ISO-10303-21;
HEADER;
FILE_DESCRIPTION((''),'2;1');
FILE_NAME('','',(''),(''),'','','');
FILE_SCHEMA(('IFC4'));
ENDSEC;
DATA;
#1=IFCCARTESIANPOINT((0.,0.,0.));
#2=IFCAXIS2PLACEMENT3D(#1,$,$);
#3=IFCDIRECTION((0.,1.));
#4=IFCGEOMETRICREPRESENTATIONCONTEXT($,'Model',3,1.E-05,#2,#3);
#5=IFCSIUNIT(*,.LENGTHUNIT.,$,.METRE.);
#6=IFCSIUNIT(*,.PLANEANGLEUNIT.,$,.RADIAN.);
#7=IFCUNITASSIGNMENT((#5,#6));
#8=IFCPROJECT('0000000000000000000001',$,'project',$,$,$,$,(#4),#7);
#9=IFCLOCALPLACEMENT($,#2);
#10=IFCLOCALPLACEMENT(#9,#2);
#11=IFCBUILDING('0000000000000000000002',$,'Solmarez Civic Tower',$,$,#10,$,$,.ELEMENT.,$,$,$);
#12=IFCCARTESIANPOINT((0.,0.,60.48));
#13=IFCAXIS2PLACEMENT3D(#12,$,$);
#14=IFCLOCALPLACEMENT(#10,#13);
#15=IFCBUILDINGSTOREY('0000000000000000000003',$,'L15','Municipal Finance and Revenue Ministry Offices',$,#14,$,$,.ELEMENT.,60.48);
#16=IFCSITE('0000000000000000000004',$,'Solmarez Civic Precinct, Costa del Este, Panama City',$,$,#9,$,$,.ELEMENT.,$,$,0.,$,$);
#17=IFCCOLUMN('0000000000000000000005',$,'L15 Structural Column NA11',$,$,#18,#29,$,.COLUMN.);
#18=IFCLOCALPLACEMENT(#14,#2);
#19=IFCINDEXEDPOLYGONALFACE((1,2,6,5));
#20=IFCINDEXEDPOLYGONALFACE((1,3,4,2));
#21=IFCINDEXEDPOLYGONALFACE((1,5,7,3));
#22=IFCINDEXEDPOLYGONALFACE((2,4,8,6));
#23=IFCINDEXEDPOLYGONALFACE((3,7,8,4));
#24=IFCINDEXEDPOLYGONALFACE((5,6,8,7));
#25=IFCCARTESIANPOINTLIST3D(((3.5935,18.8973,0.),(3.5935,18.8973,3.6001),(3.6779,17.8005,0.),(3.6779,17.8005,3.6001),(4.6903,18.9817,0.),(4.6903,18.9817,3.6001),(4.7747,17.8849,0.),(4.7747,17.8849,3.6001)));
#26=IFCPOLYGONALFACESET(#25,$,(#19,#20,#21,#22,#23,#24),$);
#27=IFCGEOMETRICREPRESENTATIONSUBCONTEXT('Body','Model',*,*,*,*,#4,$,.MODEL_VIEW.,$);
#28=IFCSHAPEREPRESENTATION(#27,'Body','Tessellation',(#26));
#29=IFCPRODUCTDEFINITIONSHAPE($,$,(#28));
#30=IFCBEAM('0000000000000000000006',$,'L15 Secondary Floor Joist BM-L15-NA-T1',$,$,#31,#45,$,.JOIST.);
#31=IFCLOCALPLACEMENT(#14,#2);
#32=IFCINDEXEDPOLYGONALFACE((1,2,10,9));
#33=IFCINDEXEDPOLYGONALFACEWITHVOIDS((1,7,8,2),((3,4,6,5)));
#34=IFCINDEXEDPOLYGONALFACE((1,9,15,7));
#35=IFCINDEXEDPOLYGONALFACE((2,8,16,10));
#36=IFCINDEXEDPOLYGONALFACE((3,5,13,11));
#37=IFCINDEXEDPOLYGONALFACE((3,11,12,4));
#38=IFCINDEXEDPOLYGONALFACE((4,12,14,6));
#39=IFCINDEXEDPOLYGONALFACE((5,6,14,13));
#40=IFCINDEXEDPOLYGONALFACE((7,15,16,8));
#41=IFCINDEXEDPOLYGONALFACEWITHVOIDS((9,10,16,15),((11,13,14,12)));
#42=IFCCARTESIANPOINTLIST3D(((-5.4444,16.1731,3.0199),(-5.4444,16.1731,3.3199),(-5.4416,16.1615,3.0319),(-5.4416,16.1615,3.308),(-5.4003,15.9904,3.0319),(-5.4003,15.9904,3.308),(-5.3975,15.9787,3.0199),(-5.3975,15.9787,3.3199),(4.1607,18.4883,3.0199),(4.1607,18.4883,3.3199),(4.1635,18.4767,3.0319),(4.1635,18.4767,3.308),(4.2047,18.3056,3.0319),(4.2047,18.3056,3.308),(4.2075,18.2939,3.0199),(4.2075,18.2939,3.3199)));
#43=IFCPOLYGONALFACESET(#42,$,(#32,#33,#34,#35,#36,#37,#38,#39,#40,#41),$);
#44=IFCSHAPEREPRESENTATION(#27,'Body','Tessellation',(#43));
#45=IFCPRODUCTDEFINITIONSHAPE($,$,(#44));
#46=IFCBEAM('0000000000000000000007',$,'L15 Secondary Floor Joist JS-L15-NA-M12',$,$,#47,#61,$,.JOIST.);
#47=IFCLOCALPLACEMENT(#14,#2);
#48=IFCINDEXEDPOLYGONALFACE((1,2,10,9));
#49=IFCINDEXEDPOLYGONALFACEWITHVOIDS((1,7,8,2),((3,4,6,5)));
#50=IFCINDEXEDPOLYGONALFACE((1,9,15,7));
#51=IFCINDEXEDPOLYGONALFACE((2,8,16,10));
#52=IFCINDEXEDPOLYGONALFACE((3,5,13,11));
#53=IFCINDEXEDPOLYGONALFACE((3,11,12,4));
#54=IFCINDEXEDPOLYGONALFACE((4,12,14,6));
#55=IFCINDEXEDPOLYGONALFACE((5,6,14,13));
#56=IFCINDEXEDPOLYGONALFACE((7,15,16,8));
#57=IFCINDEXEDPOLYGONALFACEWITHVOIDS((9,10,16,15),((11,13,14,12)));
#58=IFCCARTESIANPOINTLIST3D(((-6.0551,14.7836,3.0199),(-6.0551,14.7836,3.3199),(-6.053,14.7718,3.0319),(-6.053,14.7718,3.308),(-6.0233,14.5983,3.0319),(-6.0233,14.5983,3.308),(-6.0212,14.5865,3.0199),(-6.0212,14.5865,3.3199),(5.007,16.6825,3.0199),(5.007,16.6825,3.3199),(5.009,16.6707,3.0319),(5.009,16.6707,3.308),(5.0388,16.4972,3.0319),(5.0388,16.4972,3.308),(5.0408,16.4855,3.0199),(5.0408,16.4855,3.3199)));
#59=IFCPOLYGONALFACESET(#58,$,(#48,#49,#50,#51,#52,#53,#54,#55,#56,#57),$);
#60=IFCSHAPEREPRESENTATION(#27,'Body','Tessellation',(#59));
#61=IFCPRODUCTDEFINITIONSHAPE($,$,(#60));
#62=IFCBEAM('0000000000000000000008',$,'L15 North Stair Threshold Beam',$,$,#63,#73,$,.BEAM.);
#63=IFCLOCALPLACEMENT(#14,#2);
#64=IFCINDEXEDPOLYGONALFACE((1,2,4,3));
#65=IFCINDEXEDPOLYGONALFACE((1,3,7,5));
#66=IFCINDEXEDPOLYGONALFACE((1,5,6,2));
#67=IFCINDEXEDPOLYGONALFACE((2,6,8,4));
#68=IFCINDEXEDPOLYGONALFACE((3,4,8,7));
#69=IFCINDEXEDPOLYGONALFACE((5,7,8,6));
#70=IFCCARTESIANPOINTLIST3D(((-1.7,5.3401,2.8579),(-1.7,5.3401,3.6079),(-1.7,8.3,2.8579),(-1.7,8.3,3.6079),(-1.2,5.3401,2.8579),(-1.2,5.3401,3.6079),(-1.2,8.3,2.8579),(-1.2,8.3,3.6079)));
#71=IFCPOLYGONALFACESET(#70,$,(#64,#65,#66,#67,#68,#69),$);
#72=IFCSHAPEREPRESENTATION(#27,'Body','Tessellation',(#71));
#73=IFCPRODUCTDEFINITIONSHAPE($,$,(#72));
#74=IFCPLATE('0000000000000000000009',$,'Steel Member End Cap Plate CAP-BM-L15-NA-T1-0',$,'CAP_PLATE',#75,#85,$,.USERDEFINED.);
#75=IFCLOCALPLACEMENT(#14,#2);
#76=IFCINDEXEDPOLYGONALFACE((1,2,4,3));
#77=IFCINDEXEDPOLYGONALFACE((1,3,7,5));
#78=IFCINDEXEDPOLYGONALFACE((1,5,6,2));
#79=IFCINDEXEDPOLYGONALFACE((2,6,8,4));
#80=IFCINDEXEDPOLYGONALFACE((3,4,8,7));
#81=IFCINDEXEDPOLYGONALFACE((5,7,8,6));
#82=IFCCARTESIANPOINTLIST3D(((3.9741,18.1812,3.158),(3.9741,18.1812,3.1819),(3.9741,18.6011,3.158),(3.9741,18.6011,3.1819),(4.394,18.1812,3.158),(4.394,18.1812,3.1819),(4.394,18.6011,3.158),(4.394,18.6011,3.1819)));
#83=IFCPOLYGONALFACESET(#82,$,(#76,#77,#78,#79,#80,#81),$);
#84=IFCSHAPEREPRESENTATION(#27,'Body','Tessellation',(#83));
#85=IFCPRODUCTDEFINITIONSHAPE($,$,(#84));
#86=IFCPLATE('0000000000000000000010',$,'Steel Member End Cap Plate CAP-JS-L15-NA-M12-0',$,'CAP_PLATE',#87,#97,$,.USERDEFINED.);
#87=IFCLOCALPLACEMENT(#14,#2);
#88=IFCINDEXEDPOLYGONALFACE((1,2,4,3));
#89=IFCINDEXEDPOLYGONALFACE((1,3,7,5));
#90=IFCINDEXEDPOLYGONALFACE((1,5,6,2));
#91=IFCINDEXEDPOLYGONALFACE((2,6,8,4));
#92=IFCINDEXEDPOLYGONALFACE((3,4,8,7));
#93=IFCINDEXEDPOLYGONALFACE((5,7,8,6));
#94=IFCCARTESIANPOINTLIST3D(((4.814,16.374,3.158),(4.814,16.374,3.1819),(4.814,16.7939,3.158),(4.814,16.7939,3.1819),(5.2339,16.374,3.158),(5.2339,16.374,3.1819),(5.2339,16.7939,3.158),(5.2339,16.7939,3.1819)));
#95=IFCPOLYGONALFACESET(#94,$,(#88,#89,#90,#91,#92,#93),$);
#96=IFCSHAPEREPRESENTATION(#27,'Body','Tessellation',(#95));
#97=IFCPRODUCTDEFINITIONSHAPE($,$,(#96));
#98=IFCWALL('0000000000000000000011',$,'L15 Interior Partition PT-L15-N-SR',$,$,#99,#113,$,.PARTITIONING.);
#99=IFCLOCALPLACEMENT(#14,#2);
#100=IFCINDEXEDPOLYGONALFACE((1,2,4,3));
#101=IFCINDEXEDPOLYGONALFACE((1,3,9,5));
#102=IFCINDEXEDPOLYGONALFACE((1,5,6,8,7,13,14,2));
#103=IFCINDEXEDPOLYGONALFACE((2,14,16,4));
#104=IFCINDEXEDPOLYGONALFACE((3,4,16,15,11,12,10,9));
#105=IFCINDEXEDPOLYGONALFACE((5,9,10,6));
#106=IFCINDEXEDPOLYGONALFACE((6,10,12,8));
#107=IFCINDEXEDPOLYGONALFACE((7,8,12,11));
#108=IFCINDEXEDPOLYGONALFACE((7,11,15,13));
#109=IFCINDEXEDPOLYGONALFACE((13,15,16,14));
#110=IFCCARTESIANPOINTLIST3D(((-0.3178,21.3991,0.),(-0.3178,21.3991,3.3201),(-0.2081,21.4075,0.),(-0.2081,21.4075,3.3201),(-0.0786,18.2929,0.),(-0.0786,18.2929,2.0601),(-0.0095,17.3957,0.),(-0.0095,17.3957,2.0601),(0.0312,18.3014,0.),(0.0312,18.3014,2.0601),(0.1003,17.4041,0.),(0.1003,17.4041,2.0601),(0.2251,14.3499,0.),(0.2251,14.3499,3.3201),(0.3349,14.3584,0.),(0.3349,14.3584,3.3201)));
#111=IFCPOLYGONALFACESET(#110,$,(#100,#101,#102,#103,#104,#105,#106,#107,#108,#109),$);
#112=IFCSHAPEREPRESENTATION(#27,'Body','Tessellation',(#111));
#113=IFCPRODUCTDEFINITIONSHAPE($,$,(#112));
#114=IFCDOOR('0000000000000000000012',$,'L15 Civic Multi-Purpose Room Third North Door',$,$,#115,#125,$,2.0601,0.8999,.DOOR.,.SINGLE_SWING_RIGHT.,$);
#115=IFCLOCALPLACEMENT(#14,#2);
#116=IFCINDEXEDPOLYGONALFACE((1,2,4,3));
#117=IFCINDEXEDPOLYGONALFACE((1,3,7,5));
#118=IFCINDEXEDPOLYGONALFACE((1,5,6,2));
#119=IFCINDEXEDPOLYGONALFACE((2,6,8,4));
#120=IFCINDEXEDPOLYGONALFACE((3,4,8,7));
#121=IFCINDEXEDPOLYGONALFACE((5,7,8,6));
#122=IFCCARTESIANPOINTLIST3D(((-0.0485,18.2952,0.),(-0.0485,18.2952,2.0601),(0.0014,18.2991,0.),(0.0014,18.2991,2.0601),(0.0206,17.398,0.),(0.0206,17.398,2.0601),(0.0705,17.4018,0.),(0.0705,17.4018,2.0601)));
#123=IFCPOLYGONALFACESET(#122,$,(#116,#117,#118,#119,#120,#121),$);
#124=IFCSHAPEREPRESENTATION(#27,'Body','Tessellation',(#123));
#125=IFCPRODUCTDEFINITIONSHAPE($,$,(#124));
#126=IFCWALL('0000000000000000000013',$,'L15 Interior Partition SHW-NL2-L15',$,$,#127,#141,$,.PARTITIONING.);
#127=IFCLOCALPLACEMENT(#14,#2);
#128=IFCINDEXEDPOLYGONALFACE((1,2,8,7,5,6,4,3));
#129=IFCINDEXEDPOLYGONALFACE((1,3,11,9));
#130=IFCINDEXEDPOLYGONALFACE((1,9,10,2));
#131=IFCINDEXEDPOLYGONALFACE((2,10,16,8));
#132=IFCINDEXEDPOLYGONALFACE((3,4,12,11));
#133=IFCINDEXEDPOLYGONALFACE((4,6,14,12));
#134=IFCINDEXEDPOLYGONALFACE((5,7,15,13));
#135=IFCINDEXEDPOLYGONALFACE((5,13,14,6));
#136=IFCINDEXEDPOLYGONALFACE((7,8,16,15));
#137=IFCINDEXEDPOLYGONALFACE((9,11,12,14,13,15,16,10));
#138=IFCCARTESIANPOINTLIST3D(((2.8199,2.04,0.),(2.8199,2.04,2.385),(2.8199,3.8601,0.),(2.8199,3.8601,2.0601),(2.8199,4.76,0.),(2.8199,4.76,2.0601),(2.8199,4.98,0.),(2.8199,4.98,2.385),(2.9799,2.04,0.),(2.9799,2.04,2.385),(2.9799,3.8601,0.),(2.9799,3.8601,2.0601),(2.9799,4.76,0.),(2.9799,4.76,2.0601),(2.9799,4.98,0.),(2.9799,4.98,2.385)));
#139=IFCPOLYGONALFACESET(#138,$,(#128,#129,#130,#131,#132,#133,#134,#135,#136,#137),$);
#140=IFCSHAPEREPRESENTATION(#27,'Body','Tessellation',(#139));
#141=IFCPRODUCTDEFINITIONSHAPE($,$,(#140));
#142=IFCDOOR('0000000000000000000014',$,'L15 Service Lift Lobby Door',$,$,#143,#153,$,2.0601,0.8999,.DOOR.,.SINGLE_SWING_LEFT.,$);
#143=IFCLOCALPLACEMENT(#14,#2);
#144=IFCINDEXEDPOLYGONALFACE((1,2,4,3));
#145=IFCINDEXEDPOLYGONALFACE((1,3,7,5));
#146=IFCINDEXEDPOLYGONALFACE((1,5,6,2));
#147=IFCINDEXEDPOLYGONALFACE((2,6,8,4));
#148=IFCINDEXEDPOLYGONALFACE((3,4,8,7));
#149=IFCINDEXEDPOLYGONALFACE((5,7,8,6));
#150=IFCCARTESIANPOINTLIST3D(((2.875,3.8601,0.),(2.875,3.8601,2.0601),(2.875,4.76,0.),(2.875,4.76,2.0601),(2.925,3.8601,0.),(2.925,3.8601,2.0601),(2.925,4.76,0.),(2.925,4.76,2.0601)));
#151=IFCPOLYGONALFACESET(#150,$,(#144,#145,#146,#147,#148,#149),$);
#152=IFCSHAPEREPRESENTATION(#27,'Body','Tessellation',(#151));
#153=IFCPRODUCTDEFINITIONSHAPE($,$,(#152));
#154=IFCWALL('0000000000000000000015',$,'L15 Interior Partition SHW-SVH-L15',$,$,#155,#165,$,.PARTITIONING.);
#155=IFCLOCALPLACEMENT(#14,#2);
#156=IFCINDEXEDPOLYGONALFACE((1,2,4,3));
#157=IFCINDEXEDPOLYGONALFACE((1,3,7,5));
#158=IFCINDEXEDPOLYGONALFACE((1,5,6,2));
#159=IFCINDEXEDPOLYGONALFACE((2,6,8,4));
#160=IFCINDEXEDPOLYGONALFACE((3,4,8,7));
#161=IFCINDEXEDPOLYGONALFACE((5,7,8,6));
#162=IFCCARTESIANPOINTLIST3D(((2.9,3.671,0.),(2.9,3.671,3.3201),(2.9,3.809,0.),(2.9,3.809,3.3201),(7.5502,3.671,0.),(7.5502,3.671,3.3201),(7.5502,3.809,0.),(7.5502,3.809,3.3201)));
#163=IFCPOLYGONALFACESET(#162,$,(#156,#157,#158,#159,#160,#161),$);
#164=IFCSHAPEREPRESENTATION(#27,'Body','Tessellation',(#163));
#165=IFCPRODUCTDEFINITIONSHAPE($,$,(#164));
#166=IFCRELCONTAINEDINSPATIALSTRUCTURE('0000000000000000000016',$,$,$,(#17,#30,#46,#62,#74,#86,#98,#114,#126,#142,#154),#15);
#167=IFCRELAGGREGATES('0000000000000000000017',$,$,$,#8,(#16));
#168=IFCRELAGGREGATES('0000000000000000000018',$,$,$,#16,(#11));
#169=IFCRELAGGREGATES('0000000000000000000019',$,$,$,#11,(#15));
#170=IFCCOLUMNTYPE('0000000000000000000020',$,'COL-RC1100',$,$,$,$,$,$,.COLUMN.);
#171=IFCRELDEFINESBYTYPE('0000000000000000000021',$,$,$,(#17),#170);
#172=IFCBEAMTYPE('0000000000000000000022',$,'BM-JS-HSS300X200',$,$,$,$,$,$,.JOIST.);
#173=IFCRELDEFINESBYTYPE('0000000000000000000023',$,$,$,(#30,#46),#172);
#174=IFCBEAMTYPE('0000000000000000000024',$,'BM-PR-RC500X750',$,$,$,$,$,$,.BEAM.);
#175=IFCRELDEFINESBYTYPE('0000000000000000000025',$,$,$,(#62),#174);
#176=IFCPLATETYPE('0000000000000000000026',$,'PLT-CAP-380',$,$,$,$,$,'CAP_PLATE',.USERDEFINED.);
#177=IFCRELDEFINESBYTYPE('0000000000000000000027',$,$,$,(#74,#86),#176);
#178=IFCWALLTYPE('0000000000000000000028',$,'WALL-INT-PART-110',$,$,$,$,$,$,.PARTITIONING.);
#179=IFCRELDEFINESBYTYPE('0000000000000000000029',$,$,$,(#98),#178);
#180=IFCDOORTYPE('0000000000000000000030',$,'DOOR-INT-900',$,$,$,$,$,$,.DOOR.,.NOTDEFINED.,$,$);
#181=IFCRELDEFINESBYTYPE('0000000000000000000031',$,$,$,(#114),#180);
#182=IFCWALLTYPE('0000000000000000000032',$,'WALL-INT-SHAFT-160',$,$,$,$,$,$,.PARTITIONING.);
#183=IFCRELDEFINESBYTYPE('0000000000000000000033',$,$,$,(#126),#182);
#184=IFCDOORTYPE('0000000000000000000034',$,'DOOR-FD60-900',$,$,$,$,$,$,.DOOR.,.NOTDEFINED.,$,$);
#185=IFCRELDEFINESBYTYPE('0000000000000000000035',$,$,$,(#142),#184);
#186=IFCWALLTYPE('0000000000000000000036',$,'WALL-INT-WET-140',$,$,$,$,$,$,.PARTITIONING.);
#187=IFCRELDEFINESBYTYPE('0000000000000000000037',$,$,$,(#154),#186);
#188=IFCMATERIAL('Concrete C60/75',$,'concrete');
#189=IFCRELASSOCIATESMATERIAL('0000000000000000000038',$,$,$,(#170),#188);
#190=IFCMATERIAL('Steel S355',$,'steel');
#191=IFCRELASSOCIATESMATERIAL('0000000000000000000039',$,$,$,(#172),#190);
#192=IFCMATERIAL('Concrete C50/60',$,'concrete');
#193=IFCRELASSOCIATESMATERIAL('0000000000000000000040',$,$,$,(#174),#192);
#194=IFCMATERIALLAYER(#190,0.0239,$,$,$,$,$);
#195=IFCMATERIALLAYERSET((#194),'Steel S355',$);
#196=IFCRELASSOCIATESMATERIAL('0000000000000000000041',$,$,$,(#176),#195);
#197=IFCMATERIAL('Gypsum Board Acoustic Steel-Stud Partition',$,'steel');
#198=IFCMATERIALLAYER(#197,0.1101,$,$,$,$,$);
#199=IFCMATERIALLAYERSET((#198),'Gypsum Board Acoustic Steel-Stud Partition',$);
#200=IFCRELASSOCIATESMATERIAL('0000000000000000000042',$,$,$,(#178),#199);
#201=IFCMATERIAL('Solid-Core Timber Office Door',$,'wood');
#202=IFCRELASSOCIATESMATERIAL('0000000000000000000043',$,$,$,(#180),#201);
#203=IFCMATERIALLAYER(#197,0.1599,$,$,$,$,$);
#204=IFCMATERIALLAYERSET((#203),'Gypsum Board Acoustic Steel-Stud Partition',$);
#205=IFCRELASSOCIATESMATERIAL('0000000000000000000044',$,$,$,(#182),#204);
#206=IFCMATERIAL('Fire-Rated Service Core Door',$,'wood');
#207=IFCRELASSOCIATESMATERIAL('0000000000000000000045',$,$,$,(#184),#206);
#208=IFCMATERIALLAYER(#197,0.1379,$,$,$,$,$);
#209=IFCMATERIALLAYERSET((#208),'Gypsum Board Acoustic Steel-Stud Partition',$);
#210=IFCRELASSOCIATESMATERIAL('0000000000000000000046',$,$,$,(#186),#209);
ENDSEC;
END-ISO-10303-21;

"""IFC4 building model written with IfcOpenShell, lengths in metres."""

from ifc_helpers import new_model, si_unit, direction, frame, frame_2d, origin, origin_2d, place, context, subcontext, project, spatial, rectangle, hollow_rectangle, extrude, material, layer, layer_set, material_profile, profile_set, type_object, element, fill, save


model = new_model("IFC4")

# Units and contexts
model_context = context("Model", 3, precision=1e-05, world=origin(), true_north=direction((0.0, 1.0)))
body_context = subcontext(model_context, "Body", "Model", "MODEL_VIEW")
ifc_project = project(units=[si_unit("LENGTHUNIT", "METRE"), si_unit("PLANEANGLEUNIT", "RADIAN")], contexts=[model_context])

# Site, building, storey
site_placement = place(None, origin())
site = spatial("IfcSite", under=ifc_project, at=site_placement, Name="Solmarez Civic Precinct, Costa del Este, Panama City", CompositionType="ELEMENT", RefElevation=0.0)
building_placement = place(site_placement, origin())
building = spatial("IfcBuilding", under=site, at=building_placement, Name="Solmarez Civic Tower", CompositionType="ELEMENT")
storey_placement = place(building_placement, frame((0.0, 0.0, 60.48)))
storey = spatial("IfcBuildingStorey", under=building, at=storey_placement, Name="L15", Description="Municipal Finance and Revenue Ministry Offices", CompositionType="ELEMENT", Elevation=60.48)

# Column
ifc_material_1 = material(Name="Concrete C60/75", Category="concrete")
ifc_material_profile_1 = material_profile(ifc_material_1, rectangle(XDim=1.1001, YDim=1.1001, at=origin_2d()), Name="RC1100X1100")
ifc_profile_set_1 = profile_set([ifc_material_profile_1], Name="Concrete C60/75")
column_type = type_object("IfcColumnType", Name="COL-RC1100", PredefinedType="COLUMN", material=ifc_profile_set_1)
column_placement = place(storey_placement, frame((4.1841, 18.3911, 0.0), z_axis=(0.0, 0.0, 1.0), x_axis=(0.997053, 0.076719, 0.0)))
element("IfcColumn", 1, at=column_placement, inside=storey, type_object=column_type, Name="L15 Structural Column NA11", PredefinedType="COLUMN", context=body_context, shape_type="SweptSolid", body=[
    extrude(rectangle(XDim=1.1001, YDim=1.1001, at=origin_2d()), origin(), (0.0, 0.0, 1.0), 3.6001),
])

# Beams
ifc_material_2 = material(Name="Steel S355", Category="steel")
ifc_material_profile_2 = material_profile(ifc_material_2, hollow_rectangle(XDim=0.2, YDim=0.3, WallThickness=0.012, at=origin_2d()), Name="HSS300X200X12")
ifc_profile_set_2 = profile_set([ifc_material_profile_2], Name="Steel S355")
beam_type_1 = type_object("IfcBeamType", Name="BM-JS-HSS300X200", PredefinedType="JOIST", material=ifc_profile_set_2)
beam_1_placement = place(storey_placement, frame((4.1841, 18.3911, 3.1699), z_axis=(-0.972157, -0.234329, 0.0), x_axis=(0.234329, -0.972157, 0.0)))
element("IfcBeam", 2, at=beam_1_placement, inside=storey, type_object=beam_type_1, Name="L15 Secondary Floor Joist BM-L15-NA-T1", PredefinedType="JOIST", context=body_context, shape_type="SweptSolid", body=[
    extrude(hollow_rectangle(XDim=0.2, YDim=0.3, WallThickness=0.012, at=origin_2d()), origin(), (0.0, 0.0, 1.0), 9.8801),
])
beam_2_placement = place(storey_placement, frame((5.0239, 16.584, 3.1699), z_axis=(-0.985584, -0.169187, 0.0), x_axis=(0.169187, -0.985584, 0.0)))
element("IfcBeam", 3, at=beam_2_placement, inside=storey, type_object=beam_type_1, Name="L15 Secondary Floor Joist JS-L15-NA-M12", PredefinedType="JOIST", context=body_context, shape_type="SweptSolid", body=[
    extrude(hollow_rectangle(XDim=0.2, YDim=0.3, WallThickness=0.012, at=origin_2d()), origin(), (0.0, 0.0, 1.0), 11.2239),
])
ifc_material_3 = material(Name="Concrete C50/60", Category="concrete")
ifc_material_profile_3 = material_profile(ifc_material_3, rectangle(XDim=0.5, YDim=0.75, at=origin_2d()), Name="RC500X750")
ifc_profile_set_3 = profile_set([ifc_material_profile_3], Name="Concrete C50/60")
beam_type_2 = type_object("IfcBeamType", Name="BM-PR-RC500X750", PredefinedType="BEAM", material=ifc_profile_set_3)
beam_3_placement = place(storey_placement, frame((-1.45, 5.3401, 3.2329), z_axis=(0.0, 1.0, 0.0), x_axis=(-1.0, 0.0, 0.0)))
element("IfcBeam", 4, at=beam_3_placement, inside=storey, type_object=beam_type_2, Name="L15 North Stair Threshold Beam", PredefinedType="BEAM", context=body_context, shape_type="SweptSolid", body=[
    extrude(rectangle(XDim=0.5, YDim=0.75, at=origin_2d()), origin(), (0.0, 0.0, 1.0), 2.96),
])

# Plates
ifc_layer_1 = layer(ifc_material_2, 0.0239)
ifc_layer_set_1 = layer_set([ifc_layer_1], Name="Steel S355")
plate_type = type_object("IfcPlateType", Name="PLT-CAP-380", ElementType="CAP_PLATE", PredefinedType="USERDEFINED", material=ifc_layer_set_1)
for number, where, z_axis, x_axis, name in (
    (5, (4.1841, 18.3911, 3.158), (0.0, 0.0, 1.0), (1.0, 0.0, 0.0), "Steel Member End Cap Plate CAP-BM-L15-NA-T1-0"),
    (6, (5.0239, 16.584, 3.158), (0.0, 0.0, 1.0), (1.0, 0.0, 0.0), "Steel Member End Cap Plate CAP-JS-L15-NA-M12-0"),
):
    element("IfcPlate", number, at=place(storey_placement, frame(where, z_axis=z_axis, x_axis=x_axis)), inside=storey, type_object=plate_type, Name=name, ObjectType="CAP_PLATE", PredefinedType="USERDEFINED", context=body_context, shape_type="SweptSolid", body=[
        extrude(rectangle(XDim=0.4199, YDim=0.4199, at=origin_2d()), origin(), (0.0, 0.0, 1.0), 0.0239),
    ])

# Walls, openings, doors
ifc_material_4 = material(Name="Gypsum Board Acoustic Steel-Stud Partition", Category="steel")
ifc_layer_2 = layer(ifc_material_4, 0.1101)
ifc_layer_set_2 = layer_set([ifc_layer_2], Name="Gypsum Board Acoustic Steel-Stud Partition")
wall_type_1 = type_object("IfcWallType", Name="WALL-INT-PART-110", PredefinedType="PARTITIONING", material=ifc_layer_set_2)
wall_1_placement = place(storey_placement, frame((0.28, 14.354, 0.0), z_axis=(0.0, 0.0, 1.0), x_axis=(-0.076799, 0.997047, 0.0)))
wall_1 = element("IfcWall", 7, at=wall_1_placement, inside=storey, type_object=wall_type_1, Name="L15 Interior Partition PT-L15-N-SR", PredefinedType="PARTITIONING", context=body_context, shape_type="SweptSolid", body=[
    extrude(rectangle(XDim=7.0701, YDim=0.1101, at=frame_2d((3.5352, 0.0))), origin(), (0.0, 0.0, 1.0), 3.3201),
])
opening_1_placement = place(wall_1_placement, frame((3.0549, 0.0, 0.0)))
opening_1 = element("IfcOpeningElement", 8, at=opening_1_placement, cuts=wall_1, PredefinedType="OPENING", context=body_context, shape_type="SweptSolid", body=[
    extrude(rectangle(XDim=0.8999, YDim=2.0601, at=frame_2d((0.45, 1.03))), frame((0.0, 0.0649, 0.0), z_axis=(0.0, -1.0, 0.0), x_axis=(1.0, 0.0, 0.0)), (0.0, 0.0, 1.0), 0.1301),
])
ifc_material_5 = material(Name="Solid-Core Timber Office Door", Category="wood")
door_type_1 = type_object("IfcDoorType", Name="DOOR-INT-900", OperationType="NOTDEFINED", PredefinedType="DOOR", material=ifc_material_5)
door_1_placement = place(opening_1_placement, origin())
door_1 = element("IfcDoor", 9, at=door_1_placement, inside=storey, type_object=door_type_1, Name="L15 Civic Multi-Purpose Room Third North Door", OperationType="SINGLE_SWING_RIGHT", OverallHeight=2.0601, OverallWidth=0.8999, PredefinedType="DOOR", context=body_context, shape_type="SweptSolid", body=[
    extrude(rectangle(XDim=0.8999, YDim=2.0601, at=frame_2d((0.45, 1.03))), frame((0.0, 0.0249, 0.0), z_axis=(0.0, -1.0, 0.0), x_axis=(1.0, 0.0, 0.0)), (0.0, 0.0, 1.0), 0.05),
])
fill(opening_1, door_1)
ifc_layer_3 = layer(ifc_material_4, 0.1599)
ifc_layer_set_3 = layer_set([ifc_layer_3], Name="Gypsum Board Acoustic Steel-Stud Partition")
wall_type_2 = type_object("IfcWallType", Name="WALL-INT-SHAFT-160", PredefinedType="PARTITIONING", material=ifc_layer_set_3)
wall_2_placement = place(storey_placement, frame((2.8999, 2.04, 0.0), z_axis=(0.0, 0.0, 1.0), x_axis=(0.0, 1.0, 0.0)))
wall_2 = element("IfcWall", 10, at=wall_2_placement, inside=storey, type_object=wall_type_2, Name="L15 Interior Partition SHW-NL2-L15", PredefinedType="PARTITIONING", context=body_context, shape_type="SweptSolid", body=[
    extrude(rectangle(XDim=2.9399, YDim=0.1599, at=frame_2d((1.47, 0.0))), origin(), (0.0, 0.0, 1.0), 2.385),
])
opening_2_placement = place(wall_2_placement, frame((1.8201, 0.0, 0.0)))
opening_2 = element("IfcOpeningElement", 11, at=opening_2_placement, cuts=wall_2, PredefinedType="OPENING", context=body_context, shape_type="SweptSolid", body=[
    extrude(rectangle(XDim=0.8999, YDim=2.0601, at=frame_2d((0.45, 1.03))), frame((0.0, 0.0898, 0.0), z_axis=(0.0, -1.0, 0.0), x_axis=(1.0, 0.0, 0.0)), (0.0, 0.0, 1.0), 0.1799),
])
ifc_material_6 = material(Name="Fire-Rated Service Core Door", Category="wood")
door_type_2 = type_object("IfcDoorType", Name="DOOR-FD60-900", OperationType="NOTDEFINED", PredefinedType="DOOR", material=ifc_material_6)
door_2_placement = place(opening_2_placement, origin())
door_2 = element("IfcDoor", 12, at=door_2_placement, inside=storey, type_object=door_type_2, Name="L15 Service Lift Lobby Door", OperationType="SINGLE_SWING_LEFT", OverallHeight=2.0601, OverallWidth=0.8999, PredefinedType="DOOR", context=body_context, shape_type="SweptSolid", body=[
    extrude(rectangle(XDim=0.8999, YDim=2.0601, at=frame_2d((0.45, 1.03))), frame((0.0, 0.0249, 0.0), z_axis=(0.0, -1.0, 0.0), x_axis=(1.0, 0.0, 0.0)), (0.0, 0.0, 1.0), 0.05),
])
fill(opening_2, door_2)

# Wall
ifc_layer_4 = layer(ifc_material_4, 0.1379)
ifc_layer_set_4 = layer_set([ifc_layer_4], Name="Gypsum Board Acoustic Steel-Stud Partition")
wall_type_3 = type_object("IfcWallType", Name="WALL-INT-WET-140", PredefinedType="PARTITIONING", material=ifc_layer_set_4)
wall_3_placement = place(storey_placement, frame((2.8999, 3.74, 0.0), z_axis=(0.0, 0.0, 1.0), x_axis=(1.0, 0.0, 0.0)))
element("IfcWall", 13, at=wall_3_placement, inside=storey, type_object=wall_type_3, Name="L15 Interior Partition SHW-SVH-L15", PredefinedType="PARTITIONING", context=body_context, shape_type="SweptSolid", body=[
    extrude(rectangle(XDim=4.6501, YDim=0.1379, at=frame_2d((2.3252, 0.0))), origin(), (0.0, 0.0, 1.0), 3.3201),
])

save(model, "model.ifc")
